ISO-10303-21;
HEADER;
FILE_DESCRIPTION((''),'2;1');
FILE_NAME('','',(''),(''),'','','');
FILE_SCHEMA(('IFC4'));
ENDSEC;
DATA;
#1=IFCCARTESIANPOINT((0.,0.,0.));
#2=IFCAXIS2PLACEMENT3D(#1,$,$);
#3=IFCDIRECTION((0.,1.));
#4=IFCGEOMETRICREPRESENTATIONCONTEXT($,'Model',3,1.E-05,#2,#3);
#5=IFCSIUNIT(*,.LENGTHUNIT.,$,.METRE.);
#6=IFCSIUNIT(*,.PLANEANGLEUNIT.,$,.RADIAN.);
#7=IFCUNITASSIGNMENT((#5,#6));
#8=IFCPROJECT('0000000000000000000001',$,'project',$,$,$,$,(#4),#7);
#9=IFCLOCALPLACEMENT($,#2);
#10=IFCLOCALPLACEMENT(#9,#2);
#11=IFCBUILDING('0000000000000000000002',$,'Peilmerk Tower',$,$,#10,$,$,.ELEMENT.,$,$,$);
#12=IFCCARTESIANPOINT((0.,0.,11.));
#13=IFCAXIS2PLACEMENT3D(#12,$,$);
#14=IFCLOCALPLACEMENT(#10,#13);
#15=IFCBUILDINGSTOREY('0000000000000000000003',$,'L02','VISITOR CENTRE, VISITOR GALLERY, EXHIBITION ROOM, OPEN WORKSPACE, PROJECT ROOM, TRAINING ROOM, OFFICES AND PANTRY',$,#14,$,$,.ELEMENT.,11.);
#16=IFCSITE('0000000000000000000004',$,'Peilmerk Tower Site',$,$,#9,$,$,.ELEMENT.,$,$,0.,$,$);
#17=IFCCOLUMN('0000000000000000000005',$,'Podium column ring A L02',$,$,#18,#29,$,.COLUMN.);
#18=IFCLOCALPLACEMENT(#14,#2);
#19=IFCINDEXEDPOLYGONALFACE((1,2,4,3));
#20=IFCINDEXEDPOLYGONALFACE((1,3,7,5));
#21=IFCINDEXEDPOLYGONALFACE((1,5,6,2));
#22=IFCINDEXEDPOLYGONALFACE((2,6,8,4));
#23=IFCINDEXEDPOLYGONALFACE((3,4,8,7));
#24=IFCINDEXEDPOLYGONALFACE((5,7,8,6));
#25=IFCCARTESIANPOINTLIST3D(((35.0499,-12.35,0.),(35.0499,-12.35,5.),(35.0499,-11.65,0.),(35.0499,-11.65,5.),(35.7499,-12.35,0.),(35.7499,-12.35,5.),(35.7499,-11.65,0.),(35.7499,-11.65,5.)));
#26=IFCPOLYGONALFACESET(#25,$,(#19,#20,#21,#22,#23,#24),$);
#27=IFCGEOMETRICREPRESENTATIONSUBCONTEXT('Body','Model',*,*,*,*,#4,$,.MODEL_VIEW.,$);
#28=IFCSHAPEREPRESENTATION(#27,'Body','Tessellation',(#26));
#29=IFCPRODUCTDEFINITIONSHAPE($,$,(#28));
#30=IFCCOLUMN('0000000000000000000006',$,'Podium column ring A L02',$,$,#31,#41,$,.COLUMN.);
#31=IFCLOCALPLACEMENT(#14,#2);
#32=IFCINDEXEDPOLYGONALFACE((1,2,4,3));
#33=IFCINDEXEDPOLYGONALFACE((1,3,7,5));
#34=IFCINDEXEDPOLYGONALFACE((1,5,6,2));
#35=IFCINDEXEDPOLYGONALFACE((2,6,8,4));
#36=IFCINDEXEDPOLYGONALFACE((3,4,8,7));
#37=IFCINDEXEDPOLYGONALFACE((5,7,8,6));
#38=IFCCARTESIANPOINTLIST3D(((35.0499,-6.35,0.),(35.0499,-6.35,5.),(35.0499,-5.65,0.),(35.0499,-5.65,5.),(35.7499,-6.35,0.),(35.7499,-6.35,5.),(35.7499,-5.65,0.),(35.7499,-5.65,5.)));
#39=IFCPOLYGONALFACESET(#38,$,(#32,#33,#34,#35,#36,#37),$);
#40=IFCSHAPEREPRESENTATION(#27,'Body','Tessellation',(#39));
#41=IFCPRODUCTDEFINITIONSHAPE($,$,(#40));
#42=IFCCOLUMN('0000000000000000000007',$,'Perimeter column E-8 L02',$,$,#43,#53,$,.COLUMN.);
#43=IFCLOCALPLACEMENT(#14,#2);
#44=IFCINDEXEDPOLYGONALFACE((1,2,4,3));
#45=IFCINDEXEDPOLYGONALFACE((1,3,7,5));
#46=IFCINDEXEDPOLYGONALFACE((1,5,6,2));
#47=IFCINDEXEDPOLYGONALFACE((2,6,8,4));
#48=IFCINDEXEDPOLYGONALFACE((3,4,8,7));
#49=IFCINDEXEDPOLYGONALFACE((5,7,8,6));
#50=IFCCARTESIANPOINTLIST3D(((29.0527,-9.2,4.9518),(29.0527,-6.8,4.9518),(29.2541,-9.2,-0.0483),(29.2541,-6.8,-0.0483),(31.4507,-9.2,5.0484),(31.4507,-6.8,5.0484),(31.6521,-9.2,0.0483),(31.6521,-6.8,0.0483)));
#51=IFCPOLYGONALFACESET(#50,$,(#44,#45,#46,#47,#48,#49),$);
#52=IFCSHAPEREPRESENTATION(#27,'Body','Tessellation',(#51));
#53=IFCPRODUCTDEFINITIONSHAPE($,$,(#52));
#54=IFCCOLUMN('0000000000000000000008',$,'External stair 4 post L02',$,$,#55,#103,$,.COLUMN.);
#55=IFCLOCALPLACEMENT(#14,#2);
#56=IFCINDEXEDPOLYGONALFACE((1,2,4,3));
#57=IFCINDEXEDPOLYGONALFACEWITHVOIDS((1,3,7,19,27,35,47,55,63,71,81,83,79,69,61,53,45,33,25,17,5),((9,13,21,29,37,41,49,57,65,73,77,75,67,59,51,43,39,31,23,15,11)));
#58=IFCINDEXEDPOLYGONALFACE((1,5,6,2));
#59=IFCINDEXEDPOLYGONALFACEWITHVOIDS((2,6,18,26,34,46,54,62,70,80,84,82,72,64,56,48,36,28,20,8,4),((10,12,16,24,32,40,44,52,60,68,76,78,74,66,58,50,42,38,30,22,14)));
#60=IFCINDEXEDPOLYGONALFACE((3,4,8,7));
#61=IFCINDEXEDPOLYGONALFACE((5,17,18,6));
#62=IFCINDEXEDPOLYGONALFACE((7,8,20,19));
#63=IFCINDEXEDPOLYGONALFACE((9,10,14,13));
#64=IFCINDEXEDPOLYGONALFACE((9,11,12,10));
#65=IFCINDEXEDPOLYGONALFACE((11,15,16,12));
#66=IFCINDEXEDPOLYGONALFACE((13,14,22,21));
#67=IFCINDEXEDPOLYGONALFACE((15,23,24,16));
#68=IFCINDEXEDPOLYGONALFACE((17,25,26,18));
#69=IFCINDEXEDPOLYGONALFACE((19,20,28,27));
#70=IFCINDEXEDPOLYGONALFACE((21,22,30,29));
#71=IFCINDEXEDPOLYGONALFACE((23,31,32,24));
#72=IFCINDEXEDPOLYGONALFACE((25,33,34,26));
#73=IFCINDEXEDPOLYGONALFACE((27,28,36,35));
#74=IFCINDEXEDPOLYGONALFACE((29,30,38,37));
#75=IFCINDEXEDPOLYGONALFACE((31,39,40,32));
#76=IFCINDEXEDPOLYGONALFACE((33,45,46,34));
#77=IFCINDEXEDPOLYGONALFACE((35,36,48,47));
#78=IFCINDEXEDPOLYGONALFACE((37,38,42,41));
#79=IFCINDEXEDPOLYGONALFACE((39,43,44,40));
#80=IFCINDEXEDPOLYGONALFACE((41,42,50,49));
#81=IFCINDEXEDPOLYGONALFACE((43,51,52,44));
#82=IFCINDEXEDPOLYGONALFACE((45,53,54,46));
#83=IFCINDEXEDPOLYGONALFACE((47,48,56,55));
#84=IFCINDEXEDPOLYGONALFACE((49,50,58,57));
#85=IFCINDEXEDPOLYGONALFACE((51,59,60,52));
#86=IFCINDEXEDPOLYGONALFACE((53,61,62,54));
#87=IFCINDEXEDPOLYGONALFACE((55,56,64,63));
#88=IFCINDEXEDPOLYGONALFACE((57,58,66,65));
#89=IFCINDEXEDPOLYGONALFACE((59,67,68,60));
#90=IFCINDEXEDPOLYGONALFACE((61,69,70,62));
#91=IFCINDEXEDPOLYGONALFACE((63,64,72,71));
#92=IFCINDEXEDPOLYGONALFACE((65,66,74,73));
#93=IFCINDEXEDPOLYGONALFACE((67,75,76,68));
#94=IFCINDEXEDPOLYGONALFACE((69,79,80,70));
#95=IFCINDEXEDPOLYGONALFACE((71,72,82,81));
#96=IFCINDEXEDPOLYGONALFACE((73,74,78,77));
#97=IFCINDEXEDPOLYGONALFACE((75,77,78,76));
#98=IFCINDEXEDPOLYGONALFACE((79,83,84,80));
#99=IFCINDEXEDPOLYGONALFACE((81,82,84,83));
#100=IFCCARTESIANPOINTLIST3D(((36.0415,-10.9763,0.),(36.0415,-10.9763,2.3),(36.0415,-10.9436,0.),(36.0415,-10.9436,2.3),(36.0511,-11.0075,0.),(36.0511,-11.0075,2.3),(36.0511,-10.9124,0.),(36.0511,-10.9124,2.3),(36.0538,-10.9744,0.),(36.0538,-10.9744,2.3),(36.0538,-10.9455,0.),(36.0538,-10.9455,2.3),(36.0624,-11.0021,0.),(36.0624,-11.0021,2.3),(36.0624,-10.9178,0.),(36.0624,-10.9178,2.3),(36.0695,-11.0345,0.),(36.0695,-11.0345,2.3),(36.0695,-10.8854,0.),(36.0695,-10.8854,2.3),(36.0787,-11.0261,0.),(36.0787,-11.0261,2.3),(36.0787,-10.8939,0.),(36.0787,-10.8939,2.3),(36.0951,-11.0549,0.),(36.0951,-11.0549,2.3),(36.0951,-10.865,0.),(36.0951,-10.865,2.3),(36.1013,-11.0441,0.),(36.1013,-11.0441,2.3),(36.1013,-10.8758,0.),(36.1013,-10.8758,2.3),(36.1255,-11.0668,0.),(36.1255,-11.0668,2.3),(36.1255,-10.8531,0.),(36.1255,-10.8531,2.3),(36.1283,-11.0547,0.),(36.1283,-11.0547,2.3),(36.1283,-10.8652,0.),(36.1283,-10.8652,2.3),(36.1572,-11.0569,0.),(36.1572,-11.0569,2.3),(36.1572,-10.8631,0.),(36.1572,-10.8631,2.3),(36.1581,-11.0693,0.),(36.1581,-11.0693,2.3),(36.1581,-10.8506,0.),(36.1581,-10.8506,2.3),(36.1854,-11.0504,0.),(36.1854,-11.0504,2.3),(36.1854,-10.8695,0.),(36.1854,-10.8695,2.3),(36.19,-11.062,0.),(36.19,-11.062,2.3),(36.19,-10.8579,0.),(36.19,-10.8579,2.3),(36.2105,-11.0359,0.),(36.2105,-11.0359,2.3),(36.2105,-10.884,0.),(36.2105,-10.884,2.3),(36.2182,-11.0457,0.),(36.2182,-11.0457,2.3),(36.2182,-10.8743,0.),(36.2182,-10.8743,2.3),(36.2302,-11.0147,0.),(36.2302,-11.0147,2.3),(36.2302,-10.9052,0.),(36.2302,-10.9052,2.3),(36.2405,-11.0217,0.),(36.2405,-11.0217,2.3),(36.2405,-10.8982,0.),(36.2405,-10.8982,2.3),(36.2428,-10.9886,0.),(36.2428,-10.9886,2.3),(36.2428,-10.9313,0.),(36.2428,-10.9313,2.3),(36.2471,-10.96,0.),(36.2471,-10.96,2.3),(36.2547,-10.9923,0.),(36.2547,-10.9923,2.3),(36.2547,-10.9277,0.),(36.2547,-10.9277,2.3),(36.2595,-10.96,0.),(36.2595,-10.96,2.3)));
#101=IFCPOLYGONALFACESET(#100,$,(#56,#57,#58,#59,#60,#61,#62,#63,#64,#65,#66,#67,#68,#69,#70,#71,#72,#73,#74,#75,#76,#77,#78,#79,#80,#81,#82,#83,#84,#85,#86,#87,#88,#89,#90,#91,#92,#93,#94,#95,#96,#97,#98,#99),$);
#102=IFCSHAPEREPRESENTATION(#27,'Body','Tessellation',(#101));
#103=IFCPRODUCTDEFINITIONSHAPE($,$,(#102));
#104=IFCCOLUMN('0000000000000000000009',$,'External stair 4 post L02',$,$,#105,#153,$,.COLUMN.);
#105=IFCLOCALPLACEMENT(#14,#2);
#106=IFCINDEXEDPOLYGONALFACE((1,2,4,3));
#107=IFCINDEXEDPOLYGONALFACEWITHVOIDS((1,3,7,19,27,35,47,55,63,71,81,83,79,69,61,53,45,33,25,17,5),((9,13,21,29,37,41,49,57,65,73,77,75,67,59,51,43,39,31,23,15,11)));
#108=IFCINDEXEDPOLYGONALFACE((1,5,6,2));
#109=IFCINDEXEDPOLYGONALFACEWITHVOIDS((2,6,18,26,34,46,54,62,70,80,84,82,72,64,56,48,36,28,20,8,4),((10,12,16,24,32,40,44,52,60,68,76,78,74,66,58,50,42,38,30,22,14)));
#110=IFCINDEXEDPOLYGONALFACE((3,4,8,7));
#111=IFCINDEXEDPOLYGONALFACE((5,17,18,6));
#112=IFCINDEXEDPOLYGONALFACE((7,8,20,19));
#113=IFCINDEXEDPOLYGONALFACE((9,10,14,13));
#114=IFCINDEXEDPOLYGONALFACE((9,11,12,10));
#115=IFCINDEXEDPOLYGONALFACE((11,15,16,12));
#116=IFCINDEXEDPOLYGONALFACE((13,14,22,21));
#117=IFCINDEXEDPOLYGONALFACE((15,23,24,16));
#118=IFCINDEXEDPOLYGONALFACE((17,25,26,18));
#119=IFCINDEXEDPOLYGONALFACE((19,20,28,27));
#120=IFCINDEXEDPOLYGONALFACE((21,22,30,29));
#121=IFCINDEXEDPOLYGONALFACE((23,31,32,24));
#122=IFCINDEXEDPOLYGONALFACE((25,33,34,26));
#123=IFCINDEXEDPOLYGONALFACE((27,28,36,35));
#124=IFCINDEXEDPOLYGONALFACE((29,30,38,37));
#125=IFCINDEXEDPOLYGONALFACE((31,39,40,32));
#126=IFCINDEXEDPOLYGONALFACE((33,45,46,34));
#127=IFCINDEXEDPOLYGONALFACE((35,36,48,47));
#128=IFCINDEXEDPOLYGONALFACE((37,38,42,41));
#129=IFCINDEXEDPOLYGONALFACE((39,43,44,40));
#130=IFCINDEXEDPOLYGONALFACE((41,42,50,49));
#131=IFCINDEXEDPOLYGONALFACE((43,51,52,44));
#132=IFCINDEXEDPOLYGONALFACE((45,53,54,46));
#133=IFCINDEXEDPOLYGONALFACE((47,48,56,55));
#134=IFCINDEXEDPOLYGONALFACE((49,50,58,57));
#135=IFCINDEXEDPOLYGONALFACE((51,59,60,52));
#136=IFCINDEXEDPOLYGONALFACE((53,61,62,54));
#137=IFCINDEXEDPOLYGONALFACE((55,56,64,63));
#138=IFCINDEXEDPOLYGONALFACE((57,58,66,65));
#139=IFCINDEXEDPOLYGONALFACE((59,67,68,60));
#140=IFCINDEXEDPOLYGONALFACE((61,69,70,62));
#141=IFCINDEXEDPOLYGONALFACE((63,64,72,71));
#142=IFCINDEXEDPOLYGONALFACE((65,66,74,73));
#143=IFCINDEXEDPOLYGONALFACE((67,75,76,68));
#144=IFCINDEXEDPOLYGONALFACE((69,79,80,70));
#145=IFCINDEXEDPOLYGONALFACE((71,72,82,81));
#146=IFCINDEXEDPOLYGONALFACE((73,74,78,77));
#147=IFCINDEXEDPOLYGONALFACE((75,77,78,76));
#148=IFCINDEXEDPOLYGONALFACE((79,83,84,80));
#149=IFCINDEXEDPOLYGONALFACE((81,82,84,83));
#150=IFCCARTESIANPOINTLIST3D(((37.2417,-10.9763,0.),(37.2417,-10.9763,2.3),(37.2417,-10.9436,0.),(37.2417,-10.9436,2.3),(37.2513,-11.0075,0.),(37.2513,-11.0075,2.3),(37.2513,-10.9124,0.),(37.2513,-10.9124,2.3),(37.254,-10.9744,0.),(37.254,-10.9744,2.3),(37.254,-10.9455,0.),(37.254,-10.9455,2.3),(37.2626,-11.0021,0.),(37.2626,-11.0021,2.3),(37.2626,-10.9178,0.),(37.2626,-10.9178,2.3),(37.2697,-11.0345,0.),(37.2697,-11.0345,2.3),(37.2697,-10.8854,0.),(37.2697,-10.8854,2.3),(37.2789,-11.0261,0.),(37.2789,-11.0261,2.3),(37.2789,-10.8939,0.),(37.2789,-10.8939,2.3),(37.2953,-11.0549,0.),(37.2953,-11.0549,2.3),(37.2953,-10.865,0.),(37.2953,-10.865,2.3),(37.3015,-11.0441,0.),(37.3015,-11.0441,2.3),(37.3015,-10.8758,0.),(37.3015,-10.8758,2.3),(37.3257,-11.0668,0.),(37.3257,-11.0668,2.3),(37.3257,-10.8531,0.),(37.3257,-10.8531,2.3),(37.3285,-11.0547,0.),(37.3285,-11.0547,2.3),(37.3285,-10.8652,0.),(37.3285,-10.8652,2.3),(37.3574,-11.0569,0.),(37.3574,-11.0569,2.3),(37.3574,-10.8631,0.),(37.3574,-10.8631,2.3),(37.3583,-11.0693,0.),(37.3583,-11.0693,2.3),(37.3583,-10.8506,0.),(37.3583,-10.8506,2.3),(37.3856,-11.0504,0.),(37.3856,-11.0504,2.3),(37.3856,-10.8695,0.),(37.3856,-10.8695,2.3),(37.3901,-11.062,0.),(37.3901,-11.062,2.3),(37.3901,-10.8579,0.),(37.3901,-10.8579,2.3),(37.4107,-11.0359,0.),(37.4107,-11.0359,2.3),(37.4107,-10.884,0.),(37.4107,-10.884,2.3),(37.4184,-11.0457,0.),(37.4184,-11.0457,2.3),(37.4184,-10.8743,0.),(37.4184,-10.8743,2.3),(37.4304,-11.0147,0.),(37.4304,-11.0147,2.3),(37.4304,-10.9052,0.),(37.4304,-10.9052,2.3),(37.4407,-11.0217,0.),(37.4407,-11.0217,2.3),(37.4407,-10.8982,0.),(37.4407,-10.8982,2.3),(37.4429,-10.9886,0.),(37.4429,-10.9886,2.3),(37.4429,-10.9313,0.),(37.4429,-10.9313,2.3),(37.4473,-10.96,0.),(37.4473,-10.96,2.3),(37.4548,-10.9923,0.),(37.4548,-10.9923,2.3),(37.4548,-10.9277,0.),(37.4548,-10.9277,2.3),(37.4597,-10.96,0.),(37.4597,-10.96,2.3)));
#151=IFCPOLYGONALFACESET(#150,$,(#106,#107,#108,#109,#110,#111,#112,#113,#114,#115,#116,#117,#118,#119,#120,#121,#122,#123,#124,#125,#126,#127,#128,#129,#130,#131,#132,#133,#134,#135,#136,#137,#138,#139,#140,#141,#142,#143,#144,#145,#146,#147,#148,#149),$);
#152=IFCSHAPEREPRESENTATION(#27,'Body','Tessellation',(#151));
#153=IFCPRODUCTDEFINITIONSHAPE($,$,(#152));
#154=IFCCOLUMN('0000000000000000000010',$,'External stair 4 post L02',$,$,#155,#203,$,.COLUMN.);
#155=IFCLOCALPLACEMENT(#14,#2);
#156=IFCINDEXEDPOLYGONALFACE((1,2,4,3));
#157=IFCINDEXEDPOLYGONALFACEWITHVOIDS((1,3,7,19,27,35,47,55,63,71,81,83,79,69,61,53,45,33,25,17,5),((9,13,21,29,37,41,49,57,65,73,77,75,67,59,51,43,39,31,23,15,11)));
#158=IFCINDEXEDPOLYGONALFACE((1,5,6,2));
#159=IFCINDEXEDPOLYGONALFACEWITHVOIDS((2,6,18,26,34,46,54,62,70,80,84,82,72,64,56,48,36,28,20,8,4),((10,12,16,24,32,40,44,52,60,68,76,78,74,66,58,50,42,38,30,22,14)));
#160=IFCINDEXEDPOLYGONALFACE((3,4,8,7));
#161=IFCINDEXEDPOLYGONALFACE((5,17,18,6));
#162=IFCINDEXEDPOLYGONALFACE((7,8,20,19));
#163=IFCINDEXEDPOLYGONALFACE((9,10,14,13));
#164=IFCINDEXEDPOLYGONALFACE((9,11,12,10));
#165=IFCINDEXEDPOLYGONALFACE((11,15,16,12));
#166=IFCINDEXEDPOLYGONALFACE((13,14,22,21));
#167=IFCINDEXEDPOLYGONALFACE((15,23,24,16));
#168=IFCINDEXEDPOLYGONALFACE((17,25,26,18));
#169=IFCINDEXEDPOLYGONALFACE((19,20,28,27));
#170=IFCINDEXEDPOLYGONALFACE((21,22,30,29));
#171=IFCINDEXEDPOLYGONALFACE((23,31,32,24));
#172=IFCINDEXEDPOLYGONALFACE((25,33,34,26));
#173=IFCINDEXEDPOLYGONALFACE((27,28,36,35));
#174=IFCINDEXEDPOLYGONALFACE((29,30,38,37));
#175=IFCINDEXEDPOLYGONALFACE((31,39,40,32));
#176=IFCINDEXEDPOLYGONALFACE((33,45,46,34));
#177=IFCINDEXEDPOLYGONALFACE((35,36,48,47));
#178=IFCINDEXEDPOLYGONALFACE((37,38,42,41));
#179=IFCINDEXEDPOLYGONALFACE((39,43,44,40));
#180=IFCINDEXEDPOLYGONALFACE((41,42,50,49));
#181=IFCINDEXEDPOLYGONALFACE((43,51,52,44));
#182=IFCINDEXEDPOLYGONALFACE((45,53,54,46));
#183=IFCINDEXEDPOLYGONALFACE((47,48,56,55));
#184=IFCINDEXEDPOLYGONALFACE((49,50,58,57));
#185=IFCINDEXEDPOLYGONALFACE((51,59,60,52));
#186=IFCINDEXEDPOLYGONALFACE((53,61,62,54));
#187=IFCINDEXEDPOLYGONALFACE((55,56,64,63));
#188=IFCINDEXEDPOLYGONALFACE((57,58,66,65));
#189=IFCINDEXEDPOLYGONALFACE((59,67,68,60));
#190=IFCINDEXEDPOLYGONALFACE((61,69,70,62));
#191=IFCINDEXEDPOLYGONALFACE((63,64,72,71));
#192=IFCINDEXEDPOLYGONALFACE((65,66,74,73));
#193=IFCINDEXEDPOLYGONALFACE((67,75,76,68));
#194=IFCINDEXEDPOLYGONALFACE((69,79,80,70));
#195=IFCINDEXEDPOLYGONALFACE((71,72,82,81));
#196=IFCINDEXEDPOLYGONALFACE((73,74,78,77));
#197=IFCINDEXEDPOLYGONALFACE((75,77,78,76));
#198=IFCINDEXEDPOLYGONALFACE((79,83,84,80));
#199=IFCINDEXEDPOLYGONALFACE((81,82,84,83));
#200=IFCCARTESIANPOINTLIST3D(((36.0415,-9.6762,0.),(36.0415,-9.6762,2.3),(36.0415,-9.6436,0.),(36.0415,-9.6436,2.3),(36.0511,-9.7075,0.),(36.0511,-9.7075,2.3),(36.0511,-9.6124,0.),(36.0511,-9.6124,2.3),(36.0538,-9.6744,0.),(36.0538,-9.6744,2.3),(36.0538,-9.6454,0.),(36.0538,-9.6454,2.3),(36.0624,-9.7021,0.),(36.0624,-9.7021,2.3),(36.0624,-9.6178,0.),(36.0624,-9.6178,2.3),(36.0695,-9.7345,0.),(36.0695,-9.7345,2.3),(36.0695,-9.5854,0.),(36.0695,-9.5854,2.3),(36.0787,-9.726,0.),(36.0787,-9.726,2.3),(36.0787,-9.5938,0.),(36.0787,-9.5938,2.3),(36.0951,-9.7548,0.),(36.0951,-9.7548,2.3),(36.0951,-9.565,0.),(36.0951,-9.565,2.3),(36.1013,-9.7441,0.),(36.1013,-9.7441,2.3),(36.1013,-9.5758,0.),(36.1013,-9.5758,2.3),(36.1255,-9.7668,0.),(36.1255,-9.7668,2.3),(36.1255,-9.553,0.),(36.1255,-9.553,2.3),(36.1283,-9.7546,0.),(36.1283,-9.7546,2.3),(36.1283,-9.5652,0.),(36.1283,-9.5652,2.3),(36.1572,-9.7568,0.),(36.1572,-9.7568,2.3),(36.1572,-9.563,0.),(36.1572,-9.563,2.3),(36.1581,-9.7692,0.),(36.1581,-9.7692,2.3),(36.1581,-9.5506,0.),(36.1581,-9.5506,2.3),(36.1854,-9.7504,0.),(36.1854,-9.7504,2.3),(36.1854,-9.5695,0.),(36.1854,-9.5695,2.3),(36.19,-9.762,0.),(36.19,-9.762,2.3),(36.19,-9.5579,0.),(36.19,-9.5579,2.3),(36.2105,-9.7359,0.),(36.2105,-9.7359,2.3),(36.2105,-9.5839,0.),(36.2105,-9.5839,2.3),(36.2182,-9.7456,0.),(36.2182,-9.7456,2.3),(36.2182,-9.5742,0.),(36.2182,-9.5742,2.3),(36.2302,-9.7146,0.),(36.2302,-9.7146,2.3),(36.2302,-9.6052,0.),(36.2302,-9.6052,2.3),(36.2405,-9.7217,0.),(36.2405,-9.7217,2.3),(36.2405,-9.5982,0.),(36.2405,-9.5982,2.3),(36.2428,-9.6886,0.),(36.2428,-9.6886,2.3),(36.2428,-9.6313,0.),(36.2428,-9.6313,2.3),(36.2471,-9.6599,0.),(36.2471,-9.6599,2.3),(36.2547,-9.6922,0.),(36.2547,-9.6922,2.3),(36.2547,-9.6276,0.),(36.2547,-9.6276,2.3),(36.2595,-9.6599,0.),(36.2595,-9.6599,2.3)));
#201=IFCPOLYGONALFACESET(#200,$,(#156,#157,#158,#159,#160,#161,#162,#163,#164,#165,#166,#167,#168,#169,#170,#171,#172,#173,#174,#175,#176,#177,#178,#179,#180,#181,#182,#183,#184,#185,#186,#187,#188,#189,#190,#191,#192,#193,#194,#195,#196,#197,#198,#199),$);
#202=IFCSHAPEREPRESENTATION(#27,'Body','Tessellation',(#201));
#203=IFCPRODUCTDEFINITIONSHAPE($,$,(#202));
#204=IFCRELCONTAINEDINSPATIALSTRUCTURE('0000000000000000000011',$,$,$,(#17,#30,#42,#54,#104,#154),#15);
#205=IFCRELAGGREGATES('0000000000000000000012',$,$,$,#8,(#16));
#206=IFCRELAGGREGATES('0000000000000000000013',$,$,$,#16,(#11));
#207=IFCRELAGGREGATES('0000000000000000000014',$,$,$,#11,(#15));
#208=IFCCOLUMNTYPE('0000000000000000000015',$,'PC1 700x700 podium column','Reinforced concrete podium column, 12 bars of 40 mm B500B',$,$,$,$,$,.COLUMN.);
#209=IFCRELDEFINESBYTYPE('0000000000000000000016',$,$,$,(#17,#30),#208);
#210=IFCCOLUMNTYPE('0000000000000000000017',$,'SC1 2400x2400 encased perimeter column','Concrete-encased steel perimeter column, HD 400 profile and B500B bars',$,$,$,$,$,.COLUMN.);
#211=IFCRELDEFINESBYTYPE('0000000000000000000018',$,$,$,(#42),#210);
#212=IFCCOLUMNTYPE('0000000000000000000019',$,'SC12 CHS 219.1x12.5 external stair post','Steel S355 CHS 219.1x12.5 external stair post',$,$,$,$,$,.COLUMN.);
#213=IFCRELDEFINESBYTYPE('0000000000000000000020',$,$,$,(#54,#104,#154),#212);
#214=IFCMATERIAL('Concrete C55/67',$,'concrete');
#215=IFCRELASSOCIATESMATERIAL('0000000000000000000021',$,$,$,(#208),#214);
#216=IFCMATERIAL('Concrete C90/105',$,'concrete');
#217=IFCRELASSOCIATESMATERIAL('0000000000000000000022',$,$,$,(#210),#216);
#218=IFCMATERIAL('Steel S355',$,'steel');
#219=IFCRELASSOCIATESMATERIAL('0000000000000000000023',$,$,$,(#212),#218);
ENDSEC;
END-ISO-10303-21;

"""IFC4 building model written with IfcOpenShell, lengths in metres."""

from ifc_helpers import new_model, si_unit, direction, frame, origin, origin_2d, place, context, subcontext, project, spatial, rectangle, hollow_circle, extrude, material, material_profile, profile_set, type_object, element, save


model = new_model("IFC4")

# Units and contexts
model_context = context("Model", 3, precision=1e-05, world=origin(), true_north=direction((0.0, 1.0)))
body_context = subcontext(model_context, "Body", "Model", "MODEL_VIEW")
ifc_project = project(units=[si_unit("LENGTHUNIT", "METRE"), si_unit("PLANEANGLEUNIT", "RADIAN")], contexts=[model_context])

# Site, building, storey
site_placement = place(None, origin())
site = spatial("IfcSite", under=ifc_project, at=site_placement, Name="Peilmerk Tower Site", CompositionType="ELEMENT", RefElevation=0.0)
building_placement = place(site_placement, origin())
building = spatial("IfcBuilding", under=site, at=building_placement, Name="Peilmerk Tower", CompositionType="ELEMENT")
storey_placement = place(building_placement, frame((0.0, 0.0, 11.0)))
storey = spatial("IfcBuildingStorey", under=building, at=storey_placement, Name="L02", Description="VISITOR CENTRE, VISITOR GALLERY, EXHIBITION ROOM, OPEN WORKSPACE, PROJECT ROOM, TRAINING ROOM, OFFICES AND PANTRY", CompositionType="ELEMENT", Elevation=11.0)

# Columns
ifc_material_1 = material(Name="Concrete C55/67", Category="concrete")
ifc_material_profile_1 = material_profile(ifc_material_1, rectangle(XDim=0.7, YDim=0.7, at=origin_2d()), Name="RC 700x700")
ifc_profile_set_1 = profile_set([ifc_material_profile_1], Name="Concrete C55/67")
column_type_1 = type_object("IfcColumnType", Name="PC1 700x700 podium column", Description="Reinforced concrete podium column, 12 bars of 40 mm B500B", PredefinedType="COLUMN", material=ifc_profile_set_1)
for number, where, z_axis, x_axis, name in (
    (1, (35.3999, -12.0, 0.0), (0.0, 0.0, 1.0), (1.0, 0.0, 0.0), "Podium column ring A L02"),
    (2, (35.3999, -6.0, 0.0), (0.0, 0.0, 1.0), (1.0, 0.0, 0.0), "Podium column ring A L02"),
):
    element("IfcColumn", number, at=place(storey_placement, frame(where, z_axis=z_axis, x_axis=x_axis)), inside=storey, type_object=column_type_1, Name=name, PredefinedType="COLUMN", context=body_context, shape_type="SweptSolid", body=[
        extrude(rectangle(XDim=0.7, YDim=0.7, at=origin_2d()), origin(), (0.0, 0.0, 1.0), 5.0),
    ])
ifc_material_2 = material(Name="Concrete C90/105", Category="concrete")
ifc_material_profile_2 = material_profile(ifc_material_2, rectangle(XDim=2.3999, YDim=2.3999, at=origin_2d()), Name="RC 2400x2400")
ifc_profile_set_2 = profile_set([ifc_material_profile_2], Name="Concrete C90/105")
column_type_2 = type_object("IfcColumnType", Name="SC1 2400x2400 encased perimeter column", Description="Concrete-encased steel perimeter column, HD 400 profile and B500B bars", PredefinedType="COLUMN", material=ifc_profile_set_2)
column_placement = place(storey_placement, frame((30.4531, -8.0, 0.0), z_axis=(-0.040251, 0.0, 0.99919), x_axis=(0.0, -1.0, 0.0)))
element("IfcColumn", 3, at=column_placement, inside=storey, type_object=column_type_2, Name="Perimeter column E-8 L02", PredefinedType="COLUMN", context=body_context, shape_type="SweptSolid", body=[
    extrude(rectangle(XDim=2.3999, YDim=2.3999, at=origin_2d()), origin(), (0.0, 0.0, 1.0), 5.0042),
])
ifc_material_3 = material(Name="Steel S355", Category="steel")
ifc_material_profile_3 = material_profile(ifc_material_3, hollow_circle(Radius=0.1096, WallThickness=0.0125, at=origin_2d()), Name="CHS 219.1x12.5")
ifc_profile_set_3 = profile_set([ifc_material_profile_3], Name="Steel S355")
column_type_3 = type_object("IfcColumnType", Name="SC12 CHS 219.1x12.5 external stair post", Description="Steel S355 CHS 219.1x12.5 external stair post", PredefinedType="COLUMN", material=ifc_profile_set_3)
for number, where, z_axis, x_axis, name in (
    (4, (36.1499, -10.96, 0.0), (0.0, 0.0, 1.0), (1.0, 0.0, 0.0), "External stair 4 post L02"),
    (5, (37.3501, -10.96, 0.0), (0.0, 0.0, 1.0), (1.0, 0.0, 0.0), "External stair 4 post L02"),
    (6, (36.1499, -9.6599, 0.0), (0.0, 0.0, 1.0), (1.0, 0.0, 0.0), "External stair 4 post L02"),
):
    element("IfcColumn", number, at=place(storey_placement, frame(where, z_axis=z_axis, x_axis=x_axis)), inside=storey, type_object=column_type_3, Name=name, PredefinedType="COLUMN", context=body_context, shape_type="SweptSolid", body=[
        extrude(hollow_circle(Radius=0.1096, WallThickness=0.0125, at=origin_2d()), origin(), (0.0, 0.0, 1.0), 2.3),
    ])

save(model, "model.ifc")
